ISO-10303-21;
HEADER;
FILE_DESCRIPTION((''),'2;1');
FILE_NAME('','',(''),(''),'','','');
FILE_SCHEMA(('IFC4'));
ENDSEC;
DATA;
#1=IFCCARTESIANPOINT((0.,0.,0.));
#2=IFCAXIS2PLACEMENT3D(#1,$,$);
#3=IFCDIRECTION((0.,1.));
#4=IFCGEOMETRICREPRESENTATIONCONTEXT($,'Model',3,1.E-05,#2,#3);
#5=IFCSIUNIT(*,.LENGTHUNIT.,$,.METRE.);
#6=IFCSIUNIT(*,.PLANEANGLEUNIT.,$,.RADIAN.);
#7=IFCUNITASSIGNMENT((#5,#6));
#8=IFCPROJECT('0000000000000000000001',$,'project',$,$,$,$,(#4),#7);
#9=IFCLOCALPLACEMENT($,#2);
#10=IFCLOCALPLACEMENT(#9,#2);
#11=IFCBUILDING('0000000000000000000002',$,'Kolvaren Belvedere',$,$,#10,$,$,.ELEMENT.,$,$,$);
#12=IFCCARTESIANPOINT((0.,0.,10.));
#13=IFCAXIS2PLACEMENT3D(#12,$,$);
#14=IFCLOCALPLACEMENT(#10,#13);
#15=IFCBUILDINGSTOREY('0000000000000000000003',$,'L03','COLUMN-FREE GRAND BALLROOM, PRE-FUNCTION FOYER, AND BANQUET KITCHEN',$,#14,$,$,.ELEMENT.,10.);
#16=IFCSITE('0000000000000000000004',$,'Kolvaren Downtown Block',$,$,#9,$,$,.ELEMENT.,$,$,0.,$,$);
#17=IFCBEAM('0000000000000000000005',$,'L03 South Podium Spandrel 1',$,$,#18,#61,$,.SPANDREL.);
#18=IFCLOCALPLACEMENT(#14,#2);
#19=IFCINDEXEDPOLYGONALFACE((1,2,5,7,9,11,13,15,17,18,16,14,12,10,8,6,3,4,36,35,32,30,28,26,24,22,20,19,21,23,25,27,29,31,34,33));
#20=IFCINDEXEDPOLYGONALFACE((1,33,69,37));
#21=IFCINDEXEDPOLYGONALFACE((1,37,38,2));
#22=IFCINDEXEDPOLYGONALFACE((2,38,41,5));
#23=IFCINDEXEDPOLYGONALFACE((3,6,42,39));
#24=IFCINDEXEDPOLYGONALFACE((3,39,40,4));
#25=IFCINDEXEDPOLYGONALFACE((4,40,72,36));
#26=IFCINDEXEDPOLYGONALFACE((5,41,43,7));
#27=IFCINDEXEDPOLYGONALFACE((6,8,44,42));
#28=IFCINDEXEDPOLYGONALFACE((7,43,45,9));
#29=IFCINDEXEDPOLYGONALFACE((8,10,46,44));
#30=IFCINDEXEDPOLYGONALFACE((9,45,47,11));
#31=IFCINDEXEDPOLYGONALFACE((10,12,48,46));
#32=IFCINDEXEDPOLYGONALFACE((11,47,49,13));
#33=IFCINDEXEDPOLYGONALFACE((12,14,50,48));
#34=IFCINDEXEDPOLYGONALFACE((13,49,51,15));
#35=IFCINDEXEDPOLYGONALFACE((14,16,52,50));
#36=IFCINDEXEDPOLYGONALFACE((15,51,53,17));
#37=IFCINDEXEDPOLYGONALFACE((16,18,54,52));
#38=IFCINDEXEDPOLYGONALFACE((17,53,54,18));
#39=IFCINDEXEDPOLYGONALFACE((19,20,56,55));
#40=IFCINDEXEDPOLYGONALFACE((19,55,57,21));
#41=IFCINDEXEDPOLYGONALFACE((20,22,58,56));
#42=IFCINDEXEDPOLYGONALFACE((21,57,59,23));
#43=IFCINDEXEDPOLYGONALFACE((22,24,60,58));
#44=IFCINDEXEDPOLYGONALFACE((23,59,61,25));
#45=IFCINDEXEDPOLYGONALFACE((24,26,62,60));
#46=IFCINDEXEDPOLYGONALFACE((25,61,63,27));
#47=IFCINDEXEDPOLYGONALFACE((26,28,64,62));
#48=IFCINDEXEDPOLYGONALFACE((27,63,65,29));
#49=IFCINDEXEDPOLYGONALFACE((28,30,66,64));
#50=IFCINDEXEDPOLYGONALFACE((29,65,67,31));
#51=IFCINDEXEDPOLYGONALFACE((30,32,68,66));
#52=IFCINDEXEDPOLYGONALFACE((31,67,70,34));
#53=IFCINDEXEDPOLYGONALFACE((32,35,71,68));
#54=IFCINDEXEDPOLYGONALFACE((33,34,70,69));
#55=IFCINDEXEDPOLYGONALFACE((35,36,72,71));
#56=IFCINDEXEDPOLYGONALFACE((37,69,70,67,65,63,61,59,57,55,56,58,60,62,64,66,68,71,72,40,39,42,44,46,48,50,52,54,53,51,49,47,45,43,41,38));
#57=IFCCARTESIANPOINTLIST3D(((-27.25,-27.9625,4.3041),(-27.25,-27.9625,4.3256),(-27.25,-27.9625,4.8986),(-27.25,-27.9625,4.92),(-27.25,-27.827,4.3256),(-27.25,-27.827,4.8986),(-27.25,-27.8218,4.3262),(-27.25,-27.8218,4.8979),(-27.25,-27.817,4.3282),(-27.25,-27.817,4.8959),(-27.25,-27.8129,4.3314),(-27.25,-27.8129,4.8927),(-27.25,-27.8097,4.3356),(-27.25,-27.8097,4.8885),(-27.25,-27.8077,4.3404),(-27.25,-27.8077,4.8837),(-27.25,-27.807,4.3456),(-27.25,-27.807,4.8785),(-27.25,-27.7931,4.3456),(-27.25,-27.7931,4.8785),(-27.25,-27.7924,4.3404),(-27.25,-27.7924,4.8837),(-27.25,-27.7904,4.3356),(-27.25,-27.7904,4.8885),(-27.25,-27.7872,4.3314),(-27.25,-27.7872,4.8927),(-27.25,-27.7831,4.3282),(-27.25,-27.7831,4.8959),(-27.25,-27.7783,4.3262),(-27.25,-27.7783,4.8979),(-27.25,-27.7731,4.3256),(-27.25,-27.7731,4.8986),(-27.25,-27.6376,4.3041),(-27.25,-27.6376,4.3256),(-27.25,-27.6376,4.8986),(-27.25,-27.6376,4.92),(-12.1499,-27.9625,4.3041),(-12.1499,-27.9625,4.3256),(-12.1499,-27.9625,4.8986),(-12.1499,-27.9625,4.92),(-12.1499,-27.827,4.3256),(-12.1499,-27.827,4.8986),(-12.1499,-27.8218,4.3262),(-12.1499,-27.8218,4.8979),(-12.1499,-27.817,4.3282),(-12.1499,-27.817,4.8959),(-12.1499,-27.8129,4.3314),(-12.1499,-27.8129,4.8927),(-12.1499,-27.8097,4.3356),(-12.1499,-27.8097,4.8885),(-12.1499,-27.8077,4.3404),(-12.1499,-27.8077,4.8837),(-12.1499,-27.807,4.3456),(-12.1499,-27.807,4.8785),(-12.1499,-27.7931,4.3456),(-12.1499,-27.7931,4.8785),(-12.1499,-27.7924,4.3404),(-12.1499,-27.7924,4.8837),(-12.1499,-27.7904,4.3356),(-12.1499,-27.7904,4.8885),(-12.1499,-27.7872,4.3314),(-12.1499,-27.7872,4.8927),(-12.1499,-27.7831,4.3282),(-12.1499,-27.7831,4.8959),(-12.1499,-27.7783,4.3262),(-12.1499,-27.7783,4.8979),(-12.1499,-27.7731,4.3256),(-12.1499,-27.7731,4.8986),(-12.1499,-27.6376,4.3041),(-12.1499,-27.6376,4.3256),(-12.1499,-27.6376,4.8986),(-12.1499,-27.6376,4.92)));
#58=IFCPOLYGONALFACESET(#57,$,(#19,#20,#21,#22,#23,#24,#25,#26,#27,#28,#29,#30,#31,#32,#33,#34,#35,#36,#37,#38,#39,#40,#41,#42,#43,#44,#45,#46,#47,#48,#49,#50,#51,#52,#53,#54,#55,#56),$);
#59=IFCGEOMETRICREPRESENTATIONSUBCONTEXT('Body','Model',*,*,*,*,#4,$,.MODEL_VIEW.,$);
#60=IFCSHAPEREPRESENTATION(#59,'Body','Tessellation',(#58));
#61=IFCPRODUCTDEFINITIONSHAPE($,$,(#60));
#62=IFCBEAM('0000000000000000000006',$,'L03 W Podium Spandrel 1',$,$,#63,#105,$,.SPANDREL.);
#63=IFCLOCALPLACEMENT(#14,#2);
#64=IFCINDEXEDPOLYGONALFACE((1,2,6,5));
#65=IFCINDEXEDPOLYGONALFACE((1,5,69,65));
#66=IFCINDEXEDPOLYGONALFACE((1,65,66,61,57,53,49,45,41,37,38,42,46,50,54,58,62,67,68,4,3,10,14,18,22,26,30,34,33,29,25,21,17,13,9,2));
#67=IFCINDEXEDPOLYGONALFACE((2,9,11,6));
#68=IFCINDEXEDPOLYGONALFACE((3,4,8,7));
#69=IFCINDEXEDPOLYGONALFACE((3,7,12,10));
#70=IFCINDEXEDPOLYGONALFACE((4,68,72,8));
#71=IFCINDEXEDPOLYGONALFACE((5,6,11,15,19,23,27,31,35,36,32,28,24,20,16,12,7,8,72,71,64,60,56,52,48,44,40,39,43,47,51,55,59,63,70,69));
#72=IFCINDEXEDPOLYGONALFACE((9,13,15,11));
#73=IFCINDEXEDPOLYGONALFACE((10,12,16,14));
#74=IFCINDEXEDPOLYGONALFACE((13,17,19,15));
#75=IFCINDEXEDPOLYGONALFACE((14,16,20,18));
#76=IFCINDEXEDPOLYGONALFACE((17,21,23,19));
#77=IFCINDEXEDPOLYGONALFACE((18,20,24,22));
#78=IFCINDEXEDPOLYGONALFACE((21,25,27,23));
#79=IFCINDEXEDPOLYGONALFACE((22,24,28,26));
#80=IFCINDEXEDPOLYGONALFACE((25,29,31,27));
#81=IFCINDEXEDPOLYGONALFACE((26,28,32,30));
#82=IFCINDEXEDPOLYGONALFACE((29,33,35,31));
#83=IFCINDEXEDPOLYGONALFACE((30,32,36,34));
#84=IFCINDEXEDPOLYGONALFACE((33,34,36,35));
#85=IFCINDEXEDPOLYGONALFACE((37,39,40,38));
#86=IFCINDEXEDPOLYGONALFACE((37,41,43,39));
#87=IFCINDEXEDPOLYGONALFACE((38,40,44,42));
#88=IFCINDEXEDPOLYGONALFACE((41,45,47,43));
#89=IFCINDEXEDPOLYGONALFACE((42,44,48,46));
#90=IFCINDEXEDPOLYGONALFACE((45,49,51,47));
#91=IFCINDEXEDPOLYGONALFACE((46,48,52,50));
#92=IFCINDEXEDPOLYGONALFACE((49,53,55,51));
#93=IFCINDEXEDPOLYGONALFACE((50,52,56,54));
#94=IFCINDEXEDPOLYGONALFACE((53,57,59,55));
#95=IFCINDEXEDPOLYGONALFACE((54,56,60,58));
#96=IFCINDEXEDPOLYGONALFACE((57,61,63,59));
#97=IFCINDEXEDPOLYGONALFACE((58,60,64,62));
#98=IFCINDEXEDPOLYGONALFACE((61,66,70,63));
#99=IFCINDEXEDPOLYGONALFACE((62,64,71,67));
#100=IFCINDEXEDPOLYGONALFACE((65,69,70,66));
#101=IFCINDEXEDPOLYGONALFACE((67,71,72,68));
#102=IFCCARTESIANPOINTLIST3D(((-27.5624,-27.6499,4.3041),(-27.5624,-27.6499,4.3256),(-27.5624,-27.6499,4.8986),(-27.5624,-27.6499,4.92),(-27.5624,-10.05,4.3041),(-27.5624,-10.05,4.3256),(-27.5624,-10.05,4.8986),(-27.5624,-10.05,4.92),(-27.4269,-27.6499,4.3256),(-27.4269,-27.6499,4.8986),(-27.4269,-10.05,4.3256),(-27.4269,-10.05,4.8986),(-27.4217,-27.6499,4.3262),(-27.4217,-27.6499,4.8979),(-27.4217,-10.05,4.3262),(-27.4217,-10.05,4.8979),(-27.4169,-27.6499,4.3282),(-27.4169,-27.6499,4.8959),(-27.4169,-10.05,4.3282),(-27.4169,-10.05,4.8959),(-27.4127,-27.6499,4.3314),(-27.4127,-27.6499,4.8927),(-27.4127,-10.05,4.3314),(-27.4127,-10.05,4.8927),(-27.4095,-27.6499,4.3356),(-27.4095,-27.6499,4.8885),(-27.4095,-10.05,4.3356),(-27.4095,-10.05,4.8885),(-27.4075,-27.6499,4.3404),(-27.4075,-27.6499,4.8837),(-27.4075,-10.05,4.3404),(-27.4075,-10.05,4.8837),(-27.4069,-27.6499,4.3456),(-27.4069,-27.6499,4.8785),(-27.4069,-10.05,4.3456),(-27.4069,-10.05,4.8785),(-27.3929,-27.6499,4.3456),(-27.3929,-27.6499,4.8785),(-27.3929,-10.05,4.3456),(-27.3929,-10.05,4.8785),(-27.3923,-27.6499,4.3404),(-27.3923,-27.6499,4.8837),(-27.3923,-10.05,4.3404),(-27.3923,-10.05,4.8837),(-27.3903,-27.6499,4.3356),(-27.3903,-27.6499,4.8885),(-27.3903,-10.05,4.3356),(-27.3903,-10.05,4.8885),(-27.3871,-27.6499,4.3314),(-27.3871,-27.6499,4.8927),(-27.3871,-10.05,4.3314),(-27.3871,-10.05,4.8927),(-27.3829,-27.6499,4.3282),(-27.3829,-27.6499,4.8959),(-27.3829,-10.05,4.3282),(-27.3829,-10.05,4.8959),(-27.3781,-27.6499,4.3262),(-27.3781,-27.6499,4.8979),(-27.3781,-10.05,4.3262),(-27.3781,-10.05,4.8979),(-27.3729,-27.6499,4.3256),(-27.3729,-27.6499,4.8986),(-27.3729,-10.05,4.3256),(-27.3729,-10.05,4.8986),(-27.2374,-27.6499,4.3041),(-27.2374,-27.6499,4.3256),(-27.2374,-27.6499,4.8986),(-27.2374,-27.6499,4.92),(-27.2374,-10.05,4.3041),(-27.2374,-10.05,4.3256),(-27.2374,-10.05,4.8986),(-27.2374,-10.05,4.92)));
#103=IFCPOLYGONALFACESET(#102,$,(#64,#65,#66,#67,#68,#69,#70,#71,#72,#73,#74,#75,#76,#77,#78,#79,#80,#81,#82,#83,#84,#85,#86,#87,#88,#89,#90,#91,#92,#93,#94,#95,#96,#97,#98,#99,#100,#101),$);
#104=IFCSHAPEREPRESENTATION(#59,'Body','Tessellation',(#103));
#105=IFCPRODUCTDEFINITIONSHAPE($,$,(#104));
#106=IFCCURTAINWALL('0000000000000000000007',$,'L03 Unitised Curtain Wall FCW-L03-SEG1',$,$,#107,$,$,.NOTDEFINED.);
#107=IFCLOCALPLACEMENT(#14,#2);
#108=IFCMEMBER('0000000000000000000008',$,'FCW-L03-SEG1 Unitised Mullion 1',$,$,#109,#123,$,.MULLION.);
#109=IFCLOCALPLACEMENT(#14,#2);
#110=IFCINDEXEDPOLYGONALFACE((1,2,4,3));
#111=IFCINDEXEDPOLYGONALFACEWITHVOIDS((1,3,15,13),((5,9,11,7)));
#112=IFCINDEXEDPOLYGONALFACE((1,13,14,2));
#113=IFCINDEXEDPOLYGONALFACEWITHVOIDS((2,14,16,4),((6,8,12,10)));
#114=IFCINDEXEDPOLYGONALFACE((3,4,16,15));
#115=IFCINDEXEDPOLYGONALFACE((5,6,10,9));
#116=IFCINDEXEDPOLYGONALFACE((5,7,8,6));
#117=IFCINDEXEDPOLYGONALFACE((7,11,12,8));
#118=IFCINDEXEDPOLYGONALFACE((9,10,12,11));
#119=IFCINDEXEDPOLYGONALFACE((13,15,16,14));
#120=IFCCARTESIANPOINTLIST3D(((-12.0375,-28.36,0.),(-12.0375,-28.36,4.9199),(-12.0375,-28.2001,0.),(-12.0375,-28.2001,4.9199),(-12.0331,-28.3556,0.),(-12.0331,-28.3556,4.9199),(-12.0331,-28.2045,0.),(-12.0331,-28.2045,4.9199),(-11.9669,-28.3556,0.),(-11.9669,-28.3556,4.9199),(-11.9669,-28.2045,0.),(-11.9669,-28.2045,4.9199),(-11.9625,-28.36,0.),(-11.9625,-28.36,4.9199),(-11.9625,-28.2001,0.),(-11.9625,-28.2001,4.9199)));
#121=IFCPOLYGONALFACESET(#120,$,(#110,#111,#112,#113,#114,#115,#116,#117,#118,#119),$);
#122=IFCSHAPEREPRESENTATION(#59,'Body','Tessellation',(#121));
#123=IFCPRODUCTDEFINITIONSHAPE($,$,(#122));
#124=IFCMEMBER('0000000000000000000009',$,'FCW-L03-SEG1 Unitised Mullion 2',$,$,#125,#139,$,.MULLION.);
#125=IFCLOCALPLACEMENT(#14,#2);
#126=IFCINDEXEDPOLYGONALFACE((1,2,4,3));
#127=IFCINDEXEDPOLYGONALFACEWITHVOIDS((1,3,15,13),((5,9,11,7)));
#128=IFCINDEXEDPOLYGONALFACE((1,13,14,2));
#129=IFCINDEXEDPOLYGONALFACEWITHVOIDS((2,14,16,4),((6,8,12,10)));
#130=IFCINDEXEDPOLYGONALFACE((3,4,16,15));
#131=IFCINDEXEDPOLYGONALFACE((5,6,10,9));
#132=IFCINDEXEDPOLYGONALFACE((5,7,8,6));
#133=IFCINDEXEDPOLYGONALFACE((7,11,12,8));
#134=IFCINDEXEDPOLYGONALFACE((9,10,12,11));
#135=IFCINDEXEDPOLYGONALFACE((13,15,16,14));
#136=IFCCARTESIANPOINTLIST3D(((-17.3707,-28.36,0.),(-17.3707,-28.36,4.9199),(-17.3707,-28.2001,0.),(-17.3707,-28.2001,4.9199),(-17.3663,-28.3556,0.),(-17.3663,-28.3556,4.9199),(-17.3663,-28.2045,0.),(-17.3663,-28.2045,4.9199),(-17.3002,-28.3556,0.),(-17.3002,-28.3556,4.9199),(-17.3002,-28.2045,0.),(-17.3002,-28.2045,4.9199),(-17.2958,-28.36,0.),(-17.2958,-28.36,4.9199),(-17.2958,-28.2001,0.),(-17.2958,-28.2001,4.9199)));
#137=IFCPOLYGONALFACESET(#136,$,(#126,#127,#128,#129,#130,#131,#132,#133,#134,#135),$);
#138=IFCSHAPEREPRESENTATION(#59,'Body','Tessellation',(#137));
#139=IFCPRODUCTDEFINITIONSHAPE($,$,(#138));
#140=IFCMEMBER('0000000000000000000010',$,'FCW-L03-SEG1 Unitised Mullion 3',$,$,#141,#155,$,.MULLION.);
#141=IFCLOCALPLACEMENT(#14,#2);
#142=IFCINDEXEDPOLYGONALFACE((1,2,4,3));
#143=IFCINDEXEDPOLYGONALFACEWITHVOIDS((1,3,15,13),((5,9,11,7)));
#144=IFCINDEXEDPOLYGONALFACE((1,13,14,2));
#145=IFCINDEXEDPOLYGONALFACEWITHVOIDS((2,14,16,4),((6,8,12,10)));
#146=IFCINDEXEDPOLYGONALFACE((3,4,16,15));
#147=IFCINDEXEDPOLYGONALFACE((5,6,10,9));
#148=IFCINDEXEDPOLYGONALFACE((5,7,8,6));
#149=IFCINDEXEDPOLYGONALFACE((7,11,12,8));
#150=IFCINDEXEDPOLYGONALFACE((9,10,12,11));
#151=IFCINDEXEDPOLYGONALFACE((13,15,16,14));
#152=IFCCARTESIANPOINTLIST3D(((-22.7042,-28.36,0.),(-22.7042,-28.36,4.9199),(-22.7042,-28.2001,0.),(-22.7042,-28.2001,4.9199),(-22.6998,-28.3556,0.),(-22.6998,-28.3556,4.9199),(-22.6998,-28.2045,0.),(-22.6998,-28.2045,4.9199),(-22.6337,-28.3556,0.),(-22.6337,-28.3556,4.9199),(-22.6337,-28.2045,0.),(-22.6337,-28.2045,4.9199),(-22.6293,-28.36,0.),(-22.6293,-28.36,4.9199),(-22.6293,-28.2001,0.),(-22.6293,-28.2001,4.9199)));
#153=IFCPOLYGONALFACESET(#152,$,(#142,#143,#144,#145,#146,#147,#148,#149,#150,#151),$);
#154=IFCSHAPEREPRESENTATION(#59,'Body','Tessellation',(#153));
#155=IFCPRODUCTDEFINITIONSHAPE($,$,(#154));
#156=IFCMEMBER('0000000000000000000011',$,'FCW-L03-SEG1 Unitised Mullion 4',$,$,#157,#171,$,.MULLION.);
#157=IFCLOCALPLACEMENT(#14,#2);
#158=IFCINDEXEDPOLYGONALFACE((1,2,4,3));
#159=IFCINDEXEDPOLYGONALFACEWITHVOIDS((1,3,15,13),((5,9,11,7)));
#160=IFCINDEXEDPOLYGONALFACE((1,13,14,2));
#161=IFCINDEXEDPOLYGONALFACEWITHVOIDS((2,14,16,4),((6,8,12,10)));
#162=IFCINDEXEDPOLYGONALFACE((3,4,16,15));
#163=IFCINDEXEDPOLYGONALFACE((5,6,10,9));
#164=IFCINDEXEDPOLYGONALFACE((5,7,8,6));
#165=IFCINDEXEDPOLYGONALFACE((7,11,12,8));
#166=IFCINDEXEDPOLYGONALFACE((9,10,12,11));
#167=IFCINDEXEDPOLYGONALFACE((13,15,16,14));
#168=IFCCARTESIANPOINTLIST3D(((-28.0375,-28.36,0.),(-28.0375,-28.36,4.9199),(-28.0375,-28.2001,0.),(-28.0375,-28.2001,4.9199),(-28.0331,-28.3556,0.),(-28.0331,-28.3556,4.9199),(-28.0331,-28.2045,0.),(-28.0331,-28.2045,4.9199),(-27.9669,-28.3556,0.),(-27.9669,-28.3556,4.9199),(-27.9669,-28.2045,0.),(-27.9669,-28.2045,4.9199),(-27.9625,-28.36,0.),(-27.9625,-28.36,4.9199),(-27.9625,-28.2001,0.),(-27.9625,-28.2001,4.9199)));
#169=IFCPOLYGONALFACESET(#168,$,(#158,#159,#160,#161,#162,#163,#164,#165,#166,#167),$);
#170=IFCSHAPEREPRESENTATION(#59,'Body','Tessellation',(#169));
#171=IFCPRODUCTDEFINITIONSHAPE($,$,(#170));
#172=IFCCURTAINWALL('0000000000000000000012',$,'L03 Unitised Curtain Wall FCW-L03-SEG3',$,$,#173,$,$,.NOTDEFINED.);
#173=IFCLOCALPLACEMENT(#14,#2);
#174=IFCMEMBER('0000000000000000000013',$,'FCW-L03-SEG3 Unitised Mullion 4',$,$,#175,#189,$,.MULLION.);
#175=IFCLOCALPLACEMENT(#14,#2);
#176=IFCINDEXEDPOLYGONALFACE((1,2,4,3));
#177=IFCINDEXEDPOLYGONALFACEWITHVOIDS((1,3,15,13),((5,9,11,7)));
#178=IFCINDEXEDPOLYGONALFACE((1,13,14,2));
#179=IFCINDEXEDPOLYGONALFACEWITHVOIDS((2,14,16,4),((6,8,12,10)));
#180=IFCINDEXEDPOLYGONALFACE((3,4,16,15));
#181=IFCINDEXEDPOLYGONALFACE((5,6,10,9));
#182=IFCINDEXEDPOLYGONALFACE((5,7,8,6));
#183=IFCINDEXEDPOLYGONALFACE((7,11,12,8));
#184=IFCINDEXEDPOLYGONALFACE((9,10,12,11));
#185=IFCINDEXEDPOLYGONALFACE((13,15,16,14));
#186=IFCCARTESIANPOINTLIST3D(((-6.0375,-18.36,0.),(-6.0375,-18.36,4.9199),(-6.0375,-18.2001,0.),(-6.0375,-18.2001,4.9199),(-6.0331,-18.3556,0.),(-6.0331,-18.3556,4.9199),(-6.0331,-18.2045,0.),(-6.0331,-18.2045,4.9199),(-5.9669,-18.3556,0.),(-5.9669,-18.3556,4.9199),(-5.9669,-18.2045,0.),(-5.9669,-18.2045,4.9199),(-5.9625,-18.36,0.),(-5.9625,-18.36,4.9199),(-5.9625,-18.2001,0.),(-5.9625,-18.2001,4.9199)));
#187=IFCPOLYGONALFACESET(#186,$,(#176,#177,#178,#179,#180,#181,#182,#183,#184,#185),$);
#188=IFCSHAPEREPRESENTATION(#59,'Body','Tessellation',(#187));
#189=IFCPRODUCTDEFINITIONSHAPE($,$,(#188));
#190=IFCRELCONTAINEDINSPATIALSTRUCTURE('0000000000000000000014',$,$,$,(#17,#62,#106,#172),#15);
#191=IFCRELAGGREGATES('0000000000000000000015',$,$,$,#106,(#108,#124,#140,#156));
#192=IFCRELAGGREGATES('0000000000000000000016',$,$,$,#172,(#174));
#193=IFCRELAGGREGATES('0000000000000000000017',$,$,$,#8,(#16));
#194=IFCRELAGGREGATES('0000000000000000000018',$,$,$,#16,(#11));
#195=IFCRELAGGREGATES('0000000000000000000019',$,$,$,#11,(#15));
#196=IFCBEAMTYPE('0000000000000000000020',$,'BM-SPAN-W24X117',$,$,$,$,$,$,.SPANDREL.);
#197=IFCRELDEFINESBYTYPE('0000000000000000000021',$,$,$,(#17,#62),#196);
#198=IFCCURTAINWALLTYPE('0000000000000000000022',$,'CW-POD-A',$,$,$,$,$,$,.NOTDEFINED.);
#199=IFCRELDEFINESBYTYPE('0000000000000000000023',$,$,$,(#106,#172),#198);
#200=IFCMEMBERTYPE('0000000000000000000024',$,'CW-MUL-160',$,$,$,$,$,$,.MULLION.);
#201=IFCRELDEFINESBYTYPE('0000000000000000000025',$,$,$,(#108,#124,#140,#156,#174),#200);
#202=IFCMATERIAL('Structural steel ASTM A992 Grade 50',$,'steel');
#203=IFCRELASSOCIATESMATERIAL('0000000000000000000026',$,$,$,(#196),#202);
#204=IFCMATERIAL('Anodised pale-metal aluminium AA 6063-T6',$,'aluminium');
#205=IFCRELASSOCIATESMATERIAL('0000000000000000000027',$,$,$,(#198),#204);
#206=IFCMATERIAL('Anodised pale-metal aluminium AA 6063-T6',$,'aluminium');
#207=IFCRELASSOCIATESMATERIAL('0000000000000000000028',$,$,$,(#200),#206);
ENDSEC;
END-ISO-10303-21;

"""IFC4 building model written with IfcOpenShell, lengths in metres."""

from ifc_helpers import new_model, si_unit, direction, frame, origin, origin_2d, place, context, subcontext, project, spatial, hollow_rectangle, i_section, extrude, material, material_profile, profile_set, type_object, element, aggregate, save


model = new_model("IFC4")

# Units and contexts
model_context = context("Model", 3, precision=1e-05, world=origin(), true_north=direction((0.0, 1.0)))
body_context = subcontext(model_context, "Body", "Model", "MODEL_VIEW")
ifc_project = project(units=[si_unit("LENGTHUNIT", "METRE"), si_unit("PLANEANGLEUNIT", "RADIAN")], contexts=[model_context])

# Site, building, storey
site_placement = place(None, origin())
site = spatial("IfcSite", under=ifc_project, at=site_placement, Name="Kolvaren Downtown Block", CompositionType="ELEMENT", RefElevation=0.0)
building_placement = place(site_placement, origin())
building = spatial("IfcBuilding", under=site, at=building_placement, Name="Kolvaren Belvedere", CompositionType="ELEMENT")
storey_placement = place(building_placement, frame((0.0, 0.0, 10.0)))
storey = spatial("IfcBuildingStorey", under=building, at=storey_placement, Name="L03", Description="COLUMN-FREE GRAND BALLROOM, PRE-FUNCTION FOYER, AND BANQUET KITCHEN", CompositionType="ELEMENT", Elevation=10.0)

# Beams
ifc_material_1 = material(Name="Structural steel ASTM A992 Grade 50", Category="steel")
ifc_material_profile_1 = material_profile(ifc_material_1, i_section(OverallWidth=0.325, OverallDepth=0.616, WebThickness=0.0139, FlangeThickness=0.0215, FilletRadius=0.02, at=origin_2d()), Name="W24X117")
ifc_profile_set_1 = profile_set([ifc_material_profile_1], Name="Structural steel ASTM A992 Grade 50")
beam_type_1 = type_object("IfcBeamType", Name="BM-SPAN-W24X117", PredefinedType="SPANDREL", material=ifc_profile_set_1)
beam_1_placement = place(storey_placement, frame((-27.25, -27.8, 4.6121), z_axis=(1.0, 0.0, 0.0), x_axis=(0.0, 1.0, 0.0)))
element("IfcBeam", 1, at=beam_1_placement, inside=storey, type_object=beam_type_1, Name="L03 South Podium Spandrel 1", PredefinedType="SPANDREL", context=body_context, shape_type="SweptSolid", body=[
    extrude(i_section(OverallWidth=0.325, OverallDepth=0.616, WebThickness=0.0139, FlangeThickness=0.0215, FilletRadius=0.02, at=origin_2d()), origin(), (0.0, 0.0, 1.0), 15.1001),
])
beam_2_placement = place(storey_placement, frame((-27.3999, -27.6499, 4.6121), z_axis=(0.0, 1.0, 0.0), x_axis=(-1.0, 0.0, 0.0)))
element("IfcBeam", 2, at=beam_2_placement, inside=storey, type_object=beam_type_1, Name="L03 W Podium Spandrel 1", PredefinedType="SPANDREL", context=body_context, shape_type="SweptSolid", body=[
    extrude(i_section(OverallWidth=0.325, OverallDepth=0.616, WebThickness=0.0139, FlangeThickness=0.0215, FilletRadius=0.02, at=origin_2d()), origin(), (0.0, 0.0, 1.0), 17.5999),
])

# Curtain walls, members
ifc_material_2 = material(Name="Anodised pale-metal aluminium AA 6063-T6", Category="aluminium")
curtain_wall_type = type_object("IfcCurtainWallType", Name="CW-POD-A", PredefinedType="NOTDEFINED", material=ifc_material_2)
curtain_wall_1_placement = place(storey_placement, origin())
curtain_wall_1 = element("IfcCurtainWall", 3, at=curtain_wall_1_placement, inside=storey, type_object=curtain_wall_type, Name="L03 Unitised Curtain Wall FCW-L03-SEG1", PredefinedType="NOTDEFINED")
ifc_material_3 = material(Name="Anodised pale-metal aluminium AA 6063-T6", Category="aluminium")
ifc_material_profile_2 = material_profile(ifc_material_3, hollow_rectangle(XDim=0.075, YDim=0.1599, WallThickness=0.0044, at=origin_2d()), Name="ALU-MUL-160X75")
ifc_profile_set_2 = profile_set([ifc_material_profile_2], Name="Anodised pale-metal aluminium AA 6063-T6")
member_type_1 = type_object("IfcMemberType", Name="CW-MUL-160", PredefinedType="MULLION", material=ifc_profile_set_2)
member_1_placement = place(storey_placement, frame((-12.0, -28.28, 0.0), z_axis=(0.0, 0.0, 1.0), x_axis=(1.0, 0.0, 0.0)))
member_1 = element("IfcMember", 4, at=member_1_placement, type_object=member_type_1, Name="FCW-L03-SEG1 Unitised Mullion 1", PredefinedType="MULLION", context=body_context, shape_type="SweptSolid", body=[
    extrude(hollow_rectangle(XDim=0.075, YDim=0.1599, WallThickness=0.0044, at=origin_2d()), origin(), (0.0, 0.0, 1.0), 4.9199),
])
member_2_placement = place(storey_placement, frame((-17.3333, -28.28, 0.0), z_axis=(0.0, 0.0, 1.0), x_axis=(1.0, 0.0, 0.0)))
member_2 = element("IfcMember", 5, at=member_2_placement, type_object=member_type_1, Name="FCW-L03-SEG1 Unitised Mullion 2", PredefinedType="MULLION", context=body_context, shape_type="SweptSolid", body=[
    extrude(hollow_rectangle(XDim=0.075, YDim=0.1599, WallThickness=0.0044, at=origin_2d()), origin(), (0.0, 0.0, 1.0), 4.9199),
])
member_3_placement = place(storey_placement, frame((-22.6667, -28.28, 0.0), z_axis=(0.0, 0.0, 1.0), x_axis=(1.0, 0.0, 0.0)))
member_3 = element("IfcMember", 6, at=member_3_placement, type_object=member_type_1, Name="FCW-L03-SEG1 Unitised Mullion 3", PredefinedType="MULLION", context=body_context, shape_type="SweptSolid", body=[
    extrude(hollow_rectangle(XDim=0.075, YDim=0.1599, WallThickness=0.0044, at=origin_2d()), origin(), (0.0, 0.0, 1.0), 4.9199),
])
member_4_placement = place(storey_placement, frame((-28.0, -28.28, 0.0), z_axis=(0.0, 0.0, 1.0), x_axis=(1.0, 0.0, 0.0)))
member_4 = element("IfcMember", 7, at=member_4_placement, type_object=member_type_1, Name="FCW-L03-SEG1 Unitised Mullion 4", PredefinedType="MULLION", context=body_context, shape_type="SweptSolid", body=[
    extrude(hollow_rectangle(XDim=0.075, YDim=0.1599, WallThickness=0.0044, at=origin_2d()), origin(), (0.0, 0.0, 1.0), 4.9199),
])
curtain_wall_2_placement = place(storey_placement, origin())
curtain_wall_2 = element("IfcCurtainWall", 8, at=curtain_wall_2_placement, inside=storey, type_object=curtain_wall_type, Name="L03 Unitised Curtain Wall FCW-L03-SEG3", PredefinedType="NOTDEFINED")
member_5_placement = place(storey_placement, frame((-6.0, -18.28, 0.0), z_axis=(0.0, 0.0, 1.0), x_axis=(1.0, 0.0, 0.0)))
member_5 = element("IfcMember", 9, at=member_5_placement, type_object=member_type_1, Name="FCW-L03-SEG3 Unitised Mullion 4", PredefinedType="MULLION", context=body_context, shape_type="SweptSolid", body=[
    extrude(hollow_rectangle(XDim=0.075, YDim=0.1599, WallThickness=0.0044, at=origin_2d()), origin(), (0.0, 0.0, 1.0), 4.9199),
])

aggregate(curtain_wall_1, [member_1, member_2, member_3, member_4])
aggregate(curtain_wall_2, [member_5])

save(model, "model.ifc")
